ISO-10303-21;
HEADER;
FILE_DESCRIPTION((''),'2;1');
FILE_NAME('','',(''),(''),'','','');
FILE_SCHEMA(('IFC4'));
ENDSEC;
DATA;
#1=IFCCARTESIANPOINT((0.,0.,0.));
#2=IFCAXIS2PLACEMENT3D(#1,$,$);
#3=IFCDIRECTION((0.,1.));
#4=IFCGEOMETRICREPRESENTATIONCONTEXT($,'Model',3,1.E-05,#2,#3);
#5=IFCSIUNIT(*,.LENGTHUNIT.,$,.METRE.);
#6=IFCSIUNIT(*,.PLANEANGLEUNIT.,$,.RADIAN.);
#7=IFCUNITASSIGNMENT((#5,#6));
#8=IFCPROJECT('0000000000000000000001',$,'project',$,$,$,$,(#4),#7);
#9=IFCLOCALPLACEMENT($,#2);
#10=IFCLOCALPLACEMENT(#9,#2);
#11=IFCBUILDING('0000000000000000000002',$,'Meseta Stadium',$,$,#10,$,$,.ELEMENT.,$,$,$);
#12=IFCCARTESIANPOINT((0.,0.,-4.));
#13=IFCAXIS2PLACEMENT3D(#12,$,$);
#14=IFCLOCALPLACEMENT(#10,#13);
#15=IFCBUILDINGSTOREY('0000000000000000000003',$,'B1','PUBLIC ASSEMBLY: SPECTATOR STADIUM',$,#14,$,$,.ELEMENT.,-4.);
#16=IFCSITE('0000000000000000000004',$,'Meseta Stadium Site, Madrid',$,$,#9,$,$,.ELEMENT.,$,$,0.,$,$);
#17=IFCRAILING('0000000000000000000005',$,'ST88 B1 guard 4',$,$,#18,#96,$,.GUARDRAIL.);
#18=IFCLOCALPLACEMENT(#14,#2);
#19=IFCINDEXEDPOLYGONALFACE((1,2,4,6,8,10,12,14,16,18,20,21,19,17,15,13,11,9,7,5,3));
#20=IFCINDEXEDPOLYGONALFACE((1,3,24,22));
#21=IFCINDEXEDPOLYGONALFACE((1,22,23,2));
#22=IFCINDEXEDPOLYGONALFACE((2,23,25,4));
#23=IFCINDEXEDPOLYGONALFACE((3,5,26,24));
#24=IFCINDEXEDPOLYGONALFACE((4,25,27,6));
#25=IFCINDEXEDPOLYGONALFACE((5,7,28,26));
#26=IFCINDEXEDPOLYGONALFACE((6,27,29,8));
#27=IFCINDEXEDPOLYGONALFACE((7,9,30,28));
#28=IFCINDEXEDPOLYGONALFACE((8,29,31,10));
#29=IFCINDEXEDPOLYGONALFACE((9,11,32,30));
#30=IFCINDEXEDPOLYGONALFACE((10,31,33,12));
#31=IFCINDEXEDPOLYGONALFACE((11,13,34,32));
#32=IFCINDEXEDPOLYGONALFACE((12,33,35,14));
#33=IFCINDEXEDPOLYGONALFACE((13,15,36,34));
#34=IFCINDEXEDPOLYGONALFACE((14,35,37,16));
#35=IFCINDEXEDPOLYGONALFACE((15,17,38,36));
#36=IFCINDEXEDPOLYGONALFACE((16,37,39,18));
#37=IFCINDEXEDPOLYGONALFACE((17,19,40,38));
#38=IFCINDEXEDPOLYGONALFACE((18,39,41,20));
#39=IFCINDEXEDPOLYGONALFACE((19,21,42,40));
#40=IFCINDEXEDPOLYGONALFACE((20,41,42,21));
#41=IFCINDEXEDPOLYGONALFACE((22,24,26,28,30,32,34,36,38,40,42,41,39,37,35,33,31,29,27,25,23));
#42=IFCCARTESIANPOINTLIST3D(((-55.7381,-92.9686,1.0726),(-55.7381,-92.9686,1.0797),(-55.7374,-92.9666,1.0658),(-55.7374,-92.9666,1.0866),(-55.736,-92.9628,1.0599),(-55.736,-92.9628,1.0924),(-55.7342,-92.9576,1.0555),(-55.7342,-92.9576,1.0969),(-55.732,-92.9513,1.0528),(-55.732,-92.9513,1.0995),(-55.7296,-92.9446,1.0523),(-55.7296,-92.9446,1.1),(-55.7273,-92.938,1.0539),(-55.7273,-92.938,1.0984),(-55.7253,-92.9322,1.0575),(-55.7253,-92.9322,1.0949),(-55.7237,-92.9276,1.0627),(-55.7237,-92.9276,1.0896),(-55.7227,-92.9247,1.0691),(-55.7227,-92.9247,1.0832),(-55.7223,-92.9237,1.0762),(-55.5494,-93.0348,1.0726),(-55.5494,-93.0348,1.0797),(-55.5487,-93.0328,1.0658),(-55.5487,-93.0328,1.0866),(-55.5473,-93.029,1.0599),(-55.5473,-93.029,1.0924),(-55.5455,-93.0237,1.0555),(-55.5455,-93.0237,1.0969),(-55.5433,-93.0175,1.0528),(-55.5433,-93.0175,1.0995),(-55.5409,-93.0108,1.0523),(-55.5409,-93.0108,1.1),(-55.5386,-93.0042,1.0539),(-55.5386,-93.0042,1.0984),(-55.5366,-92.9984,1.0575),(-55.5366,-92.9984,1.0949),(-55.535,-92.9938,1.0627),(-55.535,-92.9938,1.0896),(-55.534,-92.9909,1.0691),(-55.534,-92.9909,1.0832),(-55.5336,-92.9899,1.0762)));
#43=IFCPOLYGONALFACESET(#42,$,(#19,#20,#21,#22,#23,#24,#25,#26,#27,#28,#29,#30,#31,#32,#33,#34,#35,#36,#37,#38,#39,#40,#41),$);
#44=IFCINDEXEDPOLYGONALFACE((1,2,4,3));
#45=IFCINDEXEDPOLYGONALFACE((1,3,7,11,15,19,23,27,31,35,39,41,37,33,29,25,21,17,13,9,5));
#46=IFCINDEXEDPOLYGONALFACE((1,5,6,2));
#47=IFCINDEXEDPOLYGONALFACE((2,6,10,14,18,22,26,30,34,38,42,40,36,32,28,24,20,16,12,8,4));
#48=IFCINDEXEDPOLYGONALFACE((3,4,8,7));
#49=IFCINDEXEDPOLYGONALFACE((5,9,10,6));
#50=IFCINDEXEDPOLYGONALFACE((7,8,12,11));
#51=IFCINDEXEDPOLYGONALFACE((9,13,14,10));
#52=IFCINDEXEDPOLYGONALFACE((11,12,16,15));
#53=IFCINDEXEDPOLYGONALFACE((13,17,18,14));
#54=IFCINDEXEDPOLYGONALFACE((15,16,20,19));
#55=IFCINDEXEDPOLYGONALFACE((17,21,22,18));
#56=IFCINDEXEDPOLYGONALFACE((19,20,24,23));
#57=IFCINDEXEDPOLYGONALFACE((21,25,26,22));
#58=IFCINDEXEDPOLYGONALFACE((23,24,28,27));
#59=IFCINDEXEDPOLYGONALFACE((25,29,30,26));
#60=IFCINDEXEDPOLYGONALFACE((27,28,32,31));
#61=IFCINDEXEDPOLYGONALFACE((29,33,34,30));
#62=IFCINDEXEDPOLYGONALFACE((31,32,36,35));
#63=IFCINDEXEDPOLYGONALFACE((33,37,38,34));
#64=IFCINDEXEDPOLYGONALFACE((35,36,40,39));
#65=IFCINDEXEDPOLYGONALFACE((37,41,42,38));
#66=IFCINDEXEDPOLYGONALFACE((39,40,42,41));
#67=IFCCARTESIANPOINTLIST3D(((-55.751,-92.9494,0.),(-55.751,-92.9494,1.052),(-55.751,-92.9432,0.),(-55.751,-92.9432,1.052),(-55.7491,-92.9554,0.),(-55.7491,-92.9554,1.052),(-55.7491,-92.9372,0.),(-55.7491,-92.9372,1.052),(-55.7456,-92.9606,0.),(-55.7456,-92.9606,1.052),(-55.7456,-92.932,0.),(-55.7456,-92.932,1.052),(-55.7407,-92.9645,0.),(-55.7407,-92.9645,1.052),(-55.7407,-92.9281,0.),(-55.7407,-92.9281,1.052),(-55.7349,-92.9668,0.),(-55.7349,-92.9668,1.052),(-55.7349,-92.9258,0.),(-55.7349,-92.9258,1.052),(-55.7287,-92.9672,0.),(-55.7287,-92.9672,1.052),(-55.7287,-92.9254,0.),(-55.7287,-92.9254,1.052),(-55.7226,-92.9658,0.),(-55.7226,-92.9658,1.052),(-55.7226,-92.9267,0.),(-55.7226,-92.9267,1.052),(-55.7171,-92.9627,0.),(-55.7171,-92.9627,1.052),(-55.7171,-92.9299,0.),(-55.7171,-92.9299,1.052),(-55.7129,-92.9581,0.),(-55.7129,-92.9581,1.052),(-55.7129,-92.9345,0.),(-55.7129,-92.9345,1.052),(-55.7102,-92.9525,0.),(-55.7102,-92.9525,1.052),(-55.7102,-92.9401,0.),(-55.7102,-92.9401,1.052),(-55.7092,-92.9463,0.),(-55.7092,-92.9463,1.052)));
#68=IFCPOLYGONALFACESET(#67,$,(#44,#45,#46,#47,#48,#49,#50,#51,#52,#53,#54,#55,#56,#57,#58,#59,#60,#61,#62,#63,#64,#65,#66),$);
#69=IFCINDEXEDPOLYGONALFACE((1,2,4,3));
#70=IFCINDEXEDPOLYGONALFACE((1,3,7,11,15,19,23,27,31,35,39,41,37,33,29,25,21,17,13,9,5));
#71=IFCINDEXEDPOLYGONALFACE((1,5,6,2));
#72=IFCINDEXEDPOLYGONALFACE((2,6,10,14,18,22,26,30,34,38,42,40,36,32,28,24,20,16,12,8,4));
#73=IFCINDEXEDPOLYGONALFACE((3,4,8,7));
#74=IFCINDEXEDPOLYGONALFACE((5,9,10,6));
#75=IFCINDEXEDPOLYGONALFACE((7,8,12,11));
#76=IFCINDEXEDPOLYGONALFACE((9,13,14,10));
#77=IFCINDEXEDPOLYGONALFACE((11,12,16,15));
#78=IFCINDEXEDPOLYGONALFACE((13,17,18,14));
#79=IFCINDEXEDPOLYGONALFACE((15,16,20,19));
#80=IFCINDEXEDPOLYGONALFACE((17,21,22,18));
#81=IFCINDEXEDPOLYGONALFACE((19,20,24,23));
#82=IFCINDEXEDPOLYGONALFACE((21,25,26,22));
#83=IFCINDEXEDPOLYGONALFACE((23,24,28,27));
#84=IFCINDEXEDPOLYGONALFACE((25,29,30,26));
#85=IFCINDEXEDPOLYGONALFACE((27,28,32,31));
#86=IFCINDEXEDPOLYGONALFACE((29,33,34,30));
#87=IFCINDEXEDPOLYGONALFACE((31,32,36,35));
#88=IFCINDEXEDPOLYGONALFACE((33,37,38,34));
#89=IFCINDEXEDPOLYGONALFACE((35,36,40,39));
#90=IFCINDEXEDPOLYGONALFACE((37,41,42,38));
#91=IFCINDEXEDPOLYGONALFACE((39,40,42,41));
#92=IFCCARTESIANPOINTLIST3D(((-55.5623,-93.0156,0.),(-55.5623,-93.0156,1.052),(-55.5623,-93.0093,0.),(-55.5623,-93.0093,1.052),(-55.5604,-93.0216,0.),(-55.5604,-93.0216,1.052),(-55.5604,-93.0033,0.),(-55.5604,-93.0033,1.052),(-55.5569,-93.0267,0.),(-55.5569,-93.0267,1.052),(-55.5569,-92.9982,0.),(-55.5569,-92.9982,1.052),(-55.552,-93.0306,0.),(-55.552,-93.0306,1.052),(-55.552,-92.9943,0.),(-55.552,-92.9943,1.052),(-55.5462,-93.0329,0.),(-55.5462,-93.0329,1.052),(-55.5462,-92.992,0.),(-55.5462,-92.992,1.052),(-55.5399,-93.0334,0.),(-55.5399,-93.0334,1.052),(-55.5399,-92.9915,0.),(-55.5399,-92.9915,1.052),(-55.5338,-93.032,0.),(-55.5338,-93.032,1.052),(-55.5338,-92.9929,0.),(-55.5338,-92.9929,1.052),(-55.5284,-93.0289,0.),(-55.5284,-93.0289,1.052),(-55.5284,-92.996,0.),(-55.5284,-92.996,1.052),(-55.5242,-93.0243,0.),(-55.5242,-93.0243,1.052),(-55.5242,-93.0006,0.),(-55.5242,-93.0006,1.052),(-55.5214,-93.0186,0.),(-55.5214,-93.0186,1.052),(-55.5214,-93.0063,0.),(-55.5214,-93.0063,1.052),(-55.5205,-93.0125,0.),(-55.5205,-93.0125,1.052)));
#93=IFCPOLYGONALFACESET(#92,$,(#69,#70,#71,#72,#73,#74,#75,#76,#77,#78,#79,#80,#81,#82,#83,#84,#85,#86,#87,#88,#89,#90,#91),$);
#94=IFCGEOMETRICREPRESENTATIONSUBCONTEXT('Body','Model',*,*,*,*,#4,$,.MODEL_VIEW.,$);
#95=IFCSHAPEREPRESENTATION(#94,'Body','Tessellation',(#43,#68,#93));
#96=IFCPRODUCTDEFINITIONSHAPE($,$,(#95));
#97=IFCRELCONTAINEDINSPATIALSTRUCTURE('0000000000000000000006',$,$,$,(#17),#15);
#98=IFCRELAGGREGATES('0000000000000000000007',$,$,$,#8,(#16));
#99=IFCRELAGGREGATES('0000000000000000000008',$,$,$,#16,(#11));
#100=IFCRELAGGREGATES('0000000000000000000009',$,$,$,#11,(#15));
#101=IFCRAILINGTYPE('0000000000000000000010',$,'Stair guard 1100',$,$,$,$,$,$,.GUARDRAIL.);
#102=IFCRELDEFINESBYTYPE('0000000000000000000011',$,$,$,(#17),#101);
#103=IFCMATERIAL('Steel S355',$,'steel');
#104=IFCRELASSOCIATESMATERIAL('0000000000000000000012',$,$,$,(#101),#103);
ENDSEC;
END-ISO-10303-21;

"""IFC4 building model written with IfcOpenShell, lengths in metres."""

from ifc_helpers import new_model, si_unit, direction, frame, origin, origin_2d, place, context, subcontext, project, spatial, circle, extrude, material, type_object, element, save


model = new_model("IFC4")

# Units and contexts
model_context = context("Model", 3, precision=1e-05, world=origin(), true_north=direction((0.0, 1.0)))
body_context = subcontext(model_context, "Body", "Model", "MODEL_VIEW")
ifc_project = project(units=[si_unit("LENGTHUNIT", "METRE"), si_unit("PLANEANGLEUNIT", "RADIAN")], contexts=[model_context])

# Site, building, storey
site_placement = place(None, origin())
site = spatial("IfcSite", under=ifc_project, at=site_placement, Name="Meseta Stadium Site, Madrid", CompositionType="ELEMENT", RefElevation=0.0)
building_placement = place(site_placement, origin())
building = spatial("IfcBuilding", under=site, at=building_placement, Name="Meseta Stadium", CompositionType="ELEMENT")
storey_placement = place(building_placement, frame((0.0, 0.0, -4.0)))
storey = spatial("IfcBuildingStorey", under=building, at=storey_placement, Name="B1", Description="PUBLIC ASSEMBLY: SPECTATOR STADIUM", CompositionType="ELEMENT", Elevation=-4.0)

# Railing
ifc_material_1 = material(Name="Steel S355", Category="steel")
railing_type_1 = type_object("IfcRailingType", Name="Stair guard 1100", PredefinedType="GUARDRAIL", material=ifc_material_1)
railing_1_placement = place(storey_placement, frame((-55.7302, -92.9463, 0.0)))
element("IfcRailing", 1, at=railing_1_placement, inside=storey, type_object=railing_type_1, Name="ST88 B1 guard 4", PredefinedType="GUARDRAIL", context=body_context, shape_type="SweptSolid", body=[
    extrude(circle(Radius=0.0239, at=origin_2d()), frame((0.0, 0.0, 1.0762), z_axis=(0.943687, -0.33084, 0.0), x_axis=(0.33084, 0.943687, 0.0)), (0.0, 0.0, 1.0), 0.2),
    extrude(circle(Radius=0.021, at=origin_2d()), origin(), (0.0, 0.0, 1.0), 1.052),
    extrude(circle(Radius=0.021, at=origin_2d()), frame((0.1887, -0.0662, 0.0)), (0.0, 0.0, 1.0), 1.052),
])

save(model, "model.ifc")
